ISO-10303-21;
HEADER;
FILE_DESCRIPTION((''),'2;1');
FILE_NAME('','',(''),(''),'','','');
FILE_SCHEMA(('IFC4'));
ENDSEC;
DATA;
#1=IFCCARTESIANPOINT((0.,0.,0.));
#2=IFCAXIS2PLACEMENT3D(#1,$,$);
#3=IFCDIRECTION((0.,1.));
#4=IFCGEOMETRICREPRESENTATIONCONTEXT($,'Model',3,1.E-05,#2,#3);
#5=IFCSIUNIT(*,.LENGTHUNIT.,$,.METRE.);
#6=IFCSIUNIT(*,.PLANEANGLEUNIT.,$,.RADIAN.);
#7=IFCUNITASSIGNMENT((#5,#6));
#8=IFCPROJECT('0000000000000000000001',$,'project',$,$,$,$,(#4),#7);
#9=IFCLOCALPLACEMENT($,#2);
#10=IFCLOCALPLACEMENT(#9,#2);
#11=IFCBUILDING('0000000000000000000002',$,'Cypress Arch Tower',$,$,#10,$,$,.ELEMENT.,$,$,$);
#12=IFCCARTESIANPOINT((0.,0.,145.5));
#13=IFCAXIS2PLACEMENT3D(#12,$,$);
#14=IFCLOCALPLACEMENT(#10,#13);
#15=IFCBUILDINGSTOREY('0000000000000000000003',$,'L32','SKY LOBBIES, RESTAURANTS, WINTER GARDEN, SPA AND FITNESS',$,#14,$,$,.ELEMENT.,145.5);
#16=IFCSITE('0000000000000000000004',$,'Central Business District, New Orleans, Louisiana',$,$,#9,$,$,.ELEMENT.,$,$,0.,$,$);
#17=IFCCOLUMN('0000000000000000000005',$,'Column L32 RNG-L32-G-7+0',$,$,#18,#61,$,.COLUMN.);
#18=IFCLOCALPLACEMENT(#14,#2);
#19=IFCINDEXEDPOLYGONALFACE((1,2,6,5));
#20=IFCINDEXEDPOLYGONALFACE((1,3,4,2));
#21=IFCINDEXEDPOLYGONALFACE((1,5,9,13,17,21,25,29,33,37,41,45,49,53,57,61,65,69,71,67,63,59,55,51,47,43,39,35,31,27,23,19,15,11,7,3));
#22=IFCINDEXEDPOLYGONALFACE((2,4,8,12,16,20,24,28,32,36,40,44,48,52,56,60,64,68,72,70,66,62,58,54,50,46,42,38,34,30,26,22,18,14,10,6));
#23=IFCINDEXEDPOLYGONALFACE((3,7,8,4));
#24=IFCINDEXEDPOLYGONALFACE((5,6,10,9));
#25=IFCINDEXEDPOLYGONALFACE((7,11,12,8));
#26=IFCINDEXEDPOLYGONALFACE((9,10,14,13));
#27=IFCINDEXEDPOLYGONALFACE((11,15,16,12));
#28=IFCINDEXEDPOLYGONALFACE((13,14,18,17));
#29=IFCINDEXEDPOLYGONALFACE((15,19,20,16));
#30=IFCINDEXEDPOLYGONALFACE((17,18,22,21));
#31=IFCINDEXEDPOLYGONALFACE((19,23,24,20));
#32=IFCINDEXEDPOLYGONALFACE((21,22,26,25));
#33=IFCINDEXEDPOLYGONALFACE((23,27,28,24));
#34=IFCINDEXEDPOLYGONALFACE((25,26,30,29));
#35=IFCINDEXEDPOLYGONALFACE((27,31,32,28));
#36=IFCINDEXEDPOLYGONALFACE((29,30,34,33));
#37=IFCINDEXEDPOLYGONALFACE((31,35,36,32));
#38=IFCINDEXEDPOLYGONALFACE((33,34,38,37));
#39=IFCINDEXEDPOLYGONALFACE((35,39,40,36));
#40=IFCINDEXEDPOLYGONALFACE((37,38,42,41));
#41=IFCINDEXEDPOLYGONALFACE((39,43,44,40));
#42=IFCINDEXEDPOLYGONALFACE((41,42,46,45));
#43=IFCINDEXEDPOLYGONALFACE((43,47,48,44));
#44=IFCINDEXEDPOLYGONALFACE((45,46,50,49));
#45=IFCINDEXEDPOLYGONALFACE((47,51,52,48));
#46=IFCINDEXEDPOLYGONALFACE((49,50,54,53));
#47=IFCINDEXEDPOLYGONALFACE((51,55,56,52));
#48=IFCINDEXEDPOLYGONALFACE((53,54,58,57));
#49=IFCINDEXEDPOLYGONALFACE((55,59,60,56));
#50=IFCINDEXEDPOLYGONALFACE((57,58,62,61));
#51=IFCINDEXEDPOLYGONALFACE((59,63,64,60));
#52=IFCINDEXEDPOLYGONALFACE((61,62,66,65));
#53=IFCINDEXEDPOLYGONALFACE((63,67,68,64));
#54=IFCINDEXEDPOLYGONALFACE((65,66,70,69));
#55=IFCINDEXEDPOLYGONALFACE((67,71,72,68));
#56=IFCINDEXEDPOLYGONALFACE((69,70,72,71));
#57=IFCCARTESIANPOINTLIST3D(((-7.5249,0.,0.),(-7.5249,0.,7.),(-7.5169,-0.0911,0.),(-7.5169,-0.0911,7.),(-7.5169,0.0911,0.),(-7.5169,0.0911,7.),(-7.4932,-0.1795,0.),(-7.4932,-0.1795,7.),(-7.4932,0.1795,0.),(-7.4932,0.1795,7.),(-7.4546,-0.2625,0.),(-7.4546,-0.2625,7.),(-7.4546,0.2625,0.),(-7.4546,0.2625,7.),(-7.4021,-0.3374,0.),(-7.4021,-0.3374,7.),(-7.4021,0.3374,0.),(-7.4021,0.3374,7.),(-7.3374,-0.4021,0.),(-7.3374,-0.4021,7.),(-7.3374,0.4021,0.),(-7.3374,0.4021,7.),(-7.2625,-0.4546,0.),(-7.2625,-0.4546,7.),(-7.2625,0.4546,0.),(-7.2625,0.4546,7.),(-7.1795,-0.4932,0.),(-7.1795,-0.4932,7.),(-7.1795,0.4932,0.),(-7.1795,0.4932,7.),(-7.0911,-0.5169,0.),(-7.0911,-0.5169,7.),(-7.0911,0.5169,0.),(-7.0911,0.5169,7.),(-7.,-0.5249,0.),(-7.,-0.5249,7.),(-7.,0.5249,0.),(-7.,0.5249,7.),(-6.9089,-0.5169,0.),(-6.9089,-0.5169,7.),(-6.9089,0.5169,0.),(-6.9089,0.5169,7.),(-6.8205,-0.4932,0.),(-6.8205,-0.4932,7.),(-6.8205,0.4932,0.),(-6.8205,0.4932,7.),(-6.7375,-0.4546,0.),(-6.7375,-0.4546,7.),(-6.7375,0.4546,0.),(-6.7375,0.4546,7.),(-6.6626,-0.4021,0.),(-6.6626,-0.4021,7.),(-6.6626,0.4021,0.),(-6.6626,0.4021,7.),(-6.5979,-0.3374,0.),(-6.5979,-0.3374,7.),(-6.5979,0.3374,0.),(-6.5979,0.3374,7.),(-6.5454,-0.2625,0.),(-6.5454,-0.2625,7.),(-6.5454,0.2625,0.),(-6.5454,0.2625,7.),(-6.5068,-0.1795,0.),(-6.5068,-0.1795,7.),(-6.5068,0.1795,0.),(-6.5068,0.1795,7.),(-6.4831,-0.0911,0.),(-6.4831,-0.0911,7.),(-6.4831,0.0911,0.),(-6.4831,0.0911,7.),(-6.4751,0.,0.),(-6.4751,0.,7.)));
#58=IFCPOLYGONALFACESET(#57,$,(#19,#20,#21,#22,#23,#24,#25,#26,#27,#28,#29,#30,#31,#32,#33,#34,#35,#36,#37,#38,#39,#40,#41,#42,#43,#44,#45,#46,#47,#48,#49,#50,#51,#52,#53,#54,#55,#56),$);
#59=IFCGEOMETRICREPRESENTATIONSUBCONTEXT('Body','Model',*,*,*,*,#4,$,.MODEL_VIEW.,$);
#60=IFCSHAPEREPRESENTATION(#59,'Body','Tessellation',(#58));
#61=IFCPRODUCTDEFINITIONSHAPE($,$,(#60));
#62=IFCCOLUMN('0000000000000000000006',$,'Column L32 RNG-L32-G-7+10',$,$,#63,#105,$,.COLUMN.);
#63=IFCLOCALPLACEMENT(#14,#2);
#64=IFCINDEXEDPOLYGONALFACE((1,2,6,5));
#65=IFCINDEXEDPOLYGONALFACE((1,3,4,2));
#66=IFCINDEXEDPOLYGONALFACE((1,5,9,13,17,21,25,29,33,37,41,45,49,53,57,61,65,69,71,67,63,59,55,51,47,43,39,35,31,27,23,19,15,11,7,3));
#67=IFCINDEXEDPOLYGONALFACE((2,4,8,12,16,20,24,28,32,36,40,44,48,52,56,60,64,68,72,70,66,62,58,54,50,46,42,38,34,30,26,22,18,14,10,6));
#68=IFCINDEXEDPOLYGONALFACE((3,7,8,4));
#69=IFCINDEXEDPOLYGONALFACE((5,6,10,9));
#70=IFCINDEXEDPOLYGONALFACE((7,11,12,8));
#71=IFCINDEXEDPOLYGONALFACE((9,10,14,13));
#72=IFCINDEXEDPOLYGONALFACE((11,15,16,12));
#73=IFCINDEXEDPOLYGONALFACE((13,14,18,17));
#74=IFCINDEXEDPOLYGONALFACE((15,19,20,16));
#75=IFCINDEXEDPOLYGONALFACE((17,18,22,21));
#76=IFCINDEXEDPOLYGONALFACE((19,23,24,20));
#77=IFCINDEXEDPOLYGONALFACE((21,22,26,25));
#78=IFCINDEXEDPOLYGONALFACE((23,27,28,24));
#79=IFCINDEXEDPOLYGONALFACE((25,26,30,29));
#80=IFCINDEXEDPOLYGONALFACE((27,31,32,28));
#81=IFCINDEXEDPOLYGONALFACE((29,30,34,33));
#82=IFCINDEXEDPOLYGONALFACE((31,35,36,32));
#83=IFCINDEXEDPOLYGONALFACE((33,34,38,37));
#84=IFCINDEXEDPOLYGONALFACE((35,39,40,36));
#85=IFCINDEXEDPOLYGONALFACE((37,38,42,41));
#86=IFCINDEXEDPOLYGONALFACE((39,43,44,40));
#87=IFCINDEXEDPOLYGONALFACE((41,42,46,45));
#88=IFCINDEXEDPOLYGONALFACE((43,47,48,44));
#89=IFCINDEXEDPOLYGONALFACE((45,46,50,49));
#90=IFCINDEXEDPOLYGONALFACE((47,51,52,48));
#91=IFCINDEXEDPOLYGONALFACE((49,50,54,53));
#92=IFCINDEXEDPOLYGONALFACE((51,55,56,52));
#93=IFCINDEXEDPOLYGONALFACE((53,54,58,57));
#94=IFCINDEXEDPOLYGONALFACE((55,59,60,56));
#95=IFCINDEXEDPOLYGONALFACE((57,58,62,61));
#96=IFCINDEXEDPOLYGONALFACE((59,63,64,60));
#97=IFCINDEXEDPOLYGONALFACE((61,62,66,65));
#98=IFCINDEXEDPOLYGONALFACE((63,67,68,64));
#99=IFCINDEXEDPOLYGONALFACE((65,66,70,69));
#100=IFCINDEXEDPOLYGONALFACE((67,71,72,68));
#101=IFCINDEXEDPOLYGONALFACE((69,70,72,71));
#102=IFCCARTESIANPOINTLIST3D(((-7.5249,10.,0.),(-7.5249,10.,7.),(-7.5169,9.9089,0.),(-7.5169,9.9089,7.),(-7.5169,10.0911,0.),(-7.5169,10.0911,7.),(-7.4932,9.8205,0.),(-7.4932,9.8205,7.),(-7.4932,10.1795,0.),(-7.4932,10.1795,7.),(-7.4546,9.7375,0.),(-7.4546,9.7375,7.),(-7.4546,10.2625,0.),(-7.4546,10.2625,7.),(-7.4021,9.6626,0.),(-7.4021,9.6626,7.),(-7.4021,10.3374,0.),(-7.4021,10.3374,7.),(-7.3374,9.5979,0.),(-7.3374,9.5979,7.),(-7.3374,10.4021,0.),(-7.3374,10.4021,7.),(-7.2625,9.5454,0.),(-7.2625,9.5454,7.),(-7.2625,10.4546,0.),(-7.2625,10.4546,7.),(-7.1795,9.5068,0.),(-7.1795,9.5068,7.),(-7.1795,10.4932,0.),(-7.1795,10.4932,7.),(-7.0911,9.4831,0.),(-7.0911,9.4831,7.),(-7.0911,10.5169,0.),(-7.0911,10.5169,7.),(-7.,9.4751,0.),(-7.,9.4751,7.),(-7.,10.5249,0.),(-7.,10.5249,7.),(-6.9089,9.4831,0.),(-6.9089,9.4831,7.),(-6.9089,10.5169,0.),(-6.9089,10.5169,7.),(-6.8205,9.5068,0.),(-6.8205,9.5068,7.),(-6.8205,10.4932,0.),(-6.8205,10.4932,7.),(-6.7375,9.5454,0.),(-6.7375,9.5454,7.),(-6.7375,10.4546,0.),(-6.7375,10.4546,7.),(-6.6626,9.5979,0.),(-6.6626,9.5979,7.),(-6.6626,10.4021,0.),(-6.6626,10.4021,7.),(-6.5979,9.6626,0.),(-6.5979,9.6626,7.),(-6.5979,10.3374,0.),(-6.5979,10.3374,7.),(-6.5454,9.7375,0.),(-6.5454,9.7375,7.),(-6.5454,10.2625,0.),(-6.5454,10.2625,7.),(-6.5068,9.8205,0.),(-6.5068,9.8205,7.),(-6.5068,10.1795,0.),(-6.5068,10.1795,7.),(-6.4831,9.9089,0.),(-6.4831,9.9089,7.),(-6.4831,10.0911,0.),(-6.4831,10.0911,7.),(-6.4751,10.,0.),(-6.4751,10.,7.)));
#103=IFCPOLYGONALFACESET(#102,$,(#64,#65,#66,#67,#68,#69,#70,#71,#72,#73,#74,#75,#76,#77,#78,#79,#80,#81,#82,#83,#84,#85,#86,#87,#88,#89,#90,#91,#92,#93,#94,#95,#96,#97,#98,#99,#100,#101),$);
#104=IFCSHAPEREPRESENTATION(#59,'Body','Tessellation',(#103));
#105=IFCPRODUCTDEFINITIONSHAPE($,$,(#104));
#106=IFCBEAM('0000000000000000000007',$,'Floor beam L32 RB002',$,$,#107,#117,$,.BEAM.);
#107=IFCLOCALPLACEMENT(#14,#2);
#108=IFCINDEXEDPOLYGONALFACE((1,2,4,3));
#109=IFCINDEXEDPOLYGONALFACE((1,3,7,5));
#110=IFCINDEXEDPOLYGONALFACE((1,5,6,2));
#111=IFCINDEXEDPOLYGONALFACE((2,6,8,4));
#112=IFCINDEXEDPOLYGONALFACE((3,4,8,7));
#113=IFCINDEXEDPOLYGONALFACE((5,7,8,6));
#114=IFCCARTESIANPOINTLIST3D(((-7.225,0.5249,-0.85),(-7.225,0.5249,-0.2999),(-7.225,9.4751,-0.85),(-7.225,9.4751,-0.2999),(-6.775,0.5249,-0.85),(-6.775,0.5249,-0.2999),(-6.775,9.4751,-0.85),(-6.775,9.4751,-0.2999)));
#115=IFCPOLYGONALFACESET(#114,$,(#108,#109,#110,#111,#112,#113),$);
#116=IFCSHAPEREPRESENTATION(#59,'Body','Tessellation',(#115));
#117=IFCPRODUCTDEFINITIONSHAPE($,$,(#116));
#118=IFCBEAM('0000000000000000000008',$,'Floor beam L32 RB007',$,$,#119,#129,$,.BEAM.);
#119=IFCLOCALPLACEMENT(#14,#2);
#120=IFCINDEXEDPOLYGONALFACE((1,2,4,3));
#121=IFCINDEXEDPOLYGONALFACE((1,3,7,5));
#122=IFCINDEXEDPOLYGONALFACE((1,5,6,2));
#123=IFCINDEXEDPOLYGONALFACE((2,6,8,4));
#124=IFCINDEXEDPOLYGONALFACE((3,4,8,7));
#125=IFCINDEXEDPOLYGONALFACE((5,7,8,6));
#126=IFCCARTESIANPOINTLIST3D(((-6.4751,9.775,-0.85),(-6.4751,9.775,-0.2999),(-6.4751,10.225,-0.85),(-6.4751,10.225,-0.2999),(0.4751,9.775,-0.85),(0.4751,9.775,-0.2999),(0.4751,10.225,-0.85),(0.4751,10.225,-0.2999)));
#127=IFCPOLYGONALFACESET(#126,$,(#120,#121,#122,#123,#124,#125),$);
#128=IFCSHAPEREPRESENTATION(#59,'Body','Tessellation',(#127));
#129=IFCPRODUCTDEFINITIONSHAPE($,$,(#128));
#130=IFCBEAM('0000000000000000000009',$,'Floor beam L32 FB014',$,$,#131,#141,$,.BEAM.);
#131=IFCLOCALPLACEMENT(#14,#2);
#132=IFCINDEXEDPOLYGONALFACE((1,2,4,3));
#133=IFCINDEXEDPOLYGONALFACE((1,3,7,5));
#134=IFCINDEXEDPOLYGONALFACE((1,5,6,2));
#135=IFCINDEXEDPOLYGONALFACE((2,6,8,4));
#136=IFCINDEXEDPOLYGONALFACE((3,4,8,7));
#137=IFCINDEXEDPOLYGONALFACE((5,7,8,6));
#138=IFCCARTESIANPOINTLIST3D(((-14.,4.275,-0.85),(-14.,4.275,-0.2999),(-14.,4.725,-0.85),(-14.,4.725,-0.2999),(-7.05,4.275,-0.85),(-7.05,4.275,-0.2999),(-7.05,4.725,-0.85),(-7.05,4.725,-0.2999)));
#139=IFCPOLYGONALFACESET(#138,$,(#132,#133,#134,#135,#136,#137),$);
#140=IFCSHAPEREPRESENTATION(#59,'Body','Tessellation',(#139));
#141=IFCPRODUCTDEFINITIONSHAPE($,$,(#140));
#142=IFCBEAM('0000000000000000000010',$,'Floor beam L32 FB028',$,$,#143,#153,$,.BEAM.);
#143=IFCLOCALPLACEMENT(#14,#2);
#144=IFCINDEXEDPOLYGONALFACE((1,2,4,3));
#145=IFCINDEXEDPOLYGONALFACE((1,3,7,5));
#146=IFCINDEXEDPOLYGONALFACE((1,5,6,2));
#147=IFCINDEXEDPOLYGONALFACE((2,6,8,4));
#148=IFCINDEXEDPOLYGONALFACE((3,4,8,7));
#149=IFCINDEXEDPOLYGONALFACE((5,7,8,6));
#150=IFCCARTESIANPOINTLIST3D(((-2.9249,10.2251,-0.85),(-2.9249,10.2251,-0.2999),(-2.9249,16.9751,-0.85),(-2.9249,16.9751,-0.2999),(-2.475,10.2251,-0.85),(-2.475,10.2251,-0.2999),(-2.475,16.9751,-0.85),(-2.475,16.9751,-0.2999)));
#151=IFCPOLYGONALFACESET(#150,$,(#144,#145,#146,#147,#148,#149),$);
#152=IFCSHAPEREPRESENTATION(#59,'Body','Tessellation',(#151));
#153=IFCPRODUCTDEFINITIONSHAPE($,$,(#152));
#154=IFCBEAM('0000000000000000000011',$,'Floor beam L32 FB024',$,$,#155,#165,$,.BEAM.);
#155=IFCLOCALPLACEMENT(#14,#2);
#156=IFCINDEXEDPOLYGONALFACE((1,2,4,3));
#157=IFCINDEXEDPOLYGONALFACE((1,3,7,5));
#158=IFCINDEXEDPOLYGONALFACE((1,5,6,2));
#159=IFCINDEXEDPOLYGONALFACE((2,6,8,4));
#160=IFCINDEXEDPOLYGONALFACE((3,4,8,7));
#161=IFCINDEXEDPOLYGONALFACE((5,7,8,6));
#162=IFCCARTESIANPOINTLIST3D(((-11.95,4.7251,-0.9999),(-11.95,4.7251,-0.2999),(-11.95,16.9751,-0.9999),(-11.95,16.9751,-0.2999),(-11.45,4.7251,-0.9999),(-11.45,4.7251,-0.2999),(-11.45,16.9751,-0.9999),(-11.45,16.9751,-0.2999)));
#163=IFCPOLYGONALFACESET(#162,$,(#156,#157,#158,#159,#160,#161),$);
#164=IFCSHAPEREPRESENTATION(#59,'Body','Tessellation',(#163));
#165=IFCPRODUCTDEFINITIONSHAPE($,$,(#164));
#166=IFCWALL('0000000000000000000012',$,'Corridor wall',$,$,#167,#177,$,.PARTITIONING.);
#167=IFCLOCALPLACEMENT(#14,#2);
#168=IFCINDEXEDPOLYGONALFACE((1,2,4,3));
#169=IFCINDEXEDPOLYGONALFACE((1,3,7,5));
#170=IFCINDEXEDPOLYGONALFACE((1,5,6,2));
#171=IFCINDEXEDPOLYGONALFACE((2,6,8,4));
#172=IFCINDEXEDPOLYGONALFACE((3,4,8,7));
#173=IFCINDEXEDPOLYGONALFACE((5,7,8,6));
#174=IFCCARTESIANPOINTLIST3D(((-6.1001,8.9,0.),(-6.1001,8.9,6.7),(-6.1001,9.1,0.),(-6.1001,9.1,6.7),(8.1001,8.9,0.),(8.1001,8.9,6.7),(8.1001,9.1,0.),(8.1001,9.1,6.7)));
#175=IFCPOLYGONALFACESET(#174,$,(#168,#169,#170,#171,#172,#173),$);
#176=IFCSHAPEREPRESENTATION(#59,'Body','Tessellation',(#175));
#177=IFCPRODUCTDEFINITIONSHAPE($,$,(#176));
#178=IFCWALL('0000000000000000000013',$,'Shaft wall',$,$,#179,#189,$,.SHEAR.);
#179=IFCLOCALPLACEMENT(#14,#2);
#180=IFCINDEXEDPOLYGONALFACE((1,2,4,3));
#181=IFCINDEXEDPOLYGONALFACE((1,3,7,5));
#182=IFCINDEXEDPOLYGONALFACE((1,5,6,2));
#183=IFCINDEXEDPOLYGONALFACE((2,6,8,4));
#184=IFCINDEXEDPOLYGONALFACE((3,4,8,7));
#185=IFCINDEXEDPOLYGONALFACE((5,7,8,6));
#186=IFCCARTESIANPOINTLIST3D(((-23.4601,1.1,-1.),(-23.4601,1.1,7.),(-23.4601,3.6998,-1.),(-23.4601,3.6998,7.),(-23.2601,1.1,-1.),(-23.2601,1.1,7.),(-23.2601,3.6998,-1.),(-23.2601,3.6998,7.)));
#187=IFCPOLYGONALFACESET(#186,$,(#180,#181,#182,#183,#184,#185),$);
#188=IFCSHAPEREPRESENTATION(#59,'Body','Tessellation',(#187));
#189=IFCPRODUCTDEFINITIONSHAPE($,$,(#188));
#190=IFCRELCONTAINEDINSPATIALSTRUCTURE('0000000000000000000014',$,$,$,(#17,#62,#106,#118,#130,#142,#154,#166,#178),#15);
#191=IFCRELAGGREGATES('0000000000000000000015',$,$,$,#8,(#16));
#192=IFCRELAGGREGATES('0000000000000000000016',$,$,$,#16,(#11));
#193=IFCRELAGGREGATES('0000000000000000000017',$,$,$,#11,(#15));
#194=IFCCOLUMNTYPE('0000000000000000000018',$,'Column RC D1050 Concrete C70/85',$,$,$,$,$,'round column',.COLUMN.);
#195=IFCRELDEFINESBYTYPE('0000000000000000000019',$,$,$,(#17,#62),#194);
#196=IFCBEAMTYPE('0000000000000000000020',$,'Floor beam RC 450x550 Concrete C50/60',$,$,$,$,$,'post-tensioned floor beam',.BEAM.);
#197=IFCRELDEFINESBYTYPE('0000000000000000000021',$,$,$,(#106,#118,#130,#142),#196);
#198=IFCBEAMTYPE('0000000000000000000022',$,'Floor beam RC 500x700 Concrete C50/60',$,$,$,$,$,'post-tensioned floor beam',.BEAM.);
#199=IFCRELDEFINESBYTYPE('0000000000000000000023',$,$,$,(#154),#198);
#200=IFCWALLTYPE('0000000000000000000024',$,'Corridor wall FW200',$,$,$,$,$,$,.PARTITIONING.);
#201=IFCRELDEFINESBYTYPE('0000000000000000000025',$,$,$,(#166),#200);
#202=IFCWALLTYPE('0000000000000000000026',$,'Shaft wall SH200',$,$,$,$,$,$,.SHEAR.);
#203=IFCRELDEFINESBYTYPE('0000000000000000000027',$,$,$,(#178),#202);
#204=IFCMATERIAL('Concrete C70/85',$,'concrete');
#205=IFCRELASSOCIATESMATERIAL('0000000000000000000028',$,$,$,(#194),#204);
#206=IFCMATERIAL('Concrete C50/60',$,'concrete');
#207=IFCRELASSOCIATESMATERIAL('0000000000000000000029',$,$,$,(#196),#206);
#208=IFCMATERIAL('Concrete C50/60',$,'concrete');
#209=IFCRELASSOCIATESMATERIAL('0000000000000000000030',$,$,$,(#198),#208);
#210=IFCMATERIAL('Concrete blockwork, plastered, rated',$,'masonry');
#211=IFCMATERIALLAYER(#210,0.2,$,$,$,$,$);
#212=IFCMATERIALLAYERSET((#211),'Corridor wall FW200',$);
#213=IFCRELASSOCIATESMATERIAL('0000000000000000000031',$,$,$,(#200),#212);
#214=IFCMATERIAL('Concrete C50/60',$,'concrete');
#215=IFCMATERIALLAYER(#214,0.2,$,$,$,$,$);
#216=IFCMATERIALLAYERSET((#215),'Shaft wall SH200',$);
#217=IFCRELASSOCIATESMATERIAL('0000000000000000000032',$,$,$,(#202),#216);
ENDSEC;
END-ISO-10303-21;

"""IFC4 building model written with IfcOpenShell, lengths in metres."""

from ifc_helpers import new_model, si_unit, direction, frame, frame_2d, origin, origin_2d, place, context, subcontext, project, spatial, rectangle, circle, extrude, material, layer, layer_set, material_profile, profile_set, type_object, element, save


model = new_model("IFC4")

# Units and contexts
model_context = context("Model", 3, precision=1e-05, world=origin(), true_north=direction((0.0, 1.0)))
body_context = subcontext(model_context, "Body", "Model", "MODEL_VIEW")
ifc_project = project(units=[si_unit("LENGTHUNIT", "METRE"), si_unit("PLANEANGLEUNIT", "RADIAN")], contexts=[model_context])

# Site, building, storey
site_placement = place(None, origin())
site = spatial("IfcSite", under=ifc_project, at=site_placement, Name="Central Business District, New Orleans, Louisiana", CompositionType="ELEMENT", RefElevation=0.0)
building_placement = place(site_placement, origin())
building = spatial("IfcBuilding", under=site, at=building_placement, Name="Cypress Arch Tower", CompositionType="ELEMENT")
storey_placement = place(building_placement, frame((0.0, 0.0, 145.5)))
storey = spatial("IfcBuildingStorey", under=building, at=storey_placement, Name="L32", Description="SKY LOBBIES, RESTAURANTS, WINTER GARDEN, SPA AND FITNESS", CompositionType="ELEMENT", Elevation=145.5)

# Columns
ifc_material_1 = material(Name="Concrete C70/85", Category="concrete")
ifc_material_profile_1 = material_profile(ifc_material_1, circle(Radius=0.5249, at=origin_2d()), Name="RC D1050")
ifc_profile_set_1 = profile_set([ifc_material_profile_1], Name="Concrete C70/85")
column_type = type_object("IfcColumnType", Name="Column RC D1050 Concrete C70/85", ElementType="round column", PredefinedType="COLUMN", material=ifc_profile_set_1)
for number, where, z_axis, x_axis, name in (
    (1, (-7.0, 0.0, 0.0), (0.0, 0.0, 1.0), (1.0, 0.0, 0.0), "Column L32 RNG-L32-G-7+0"),
    (2, (-7.0, 10.0, 0.0), (0.0, 0.0, 1.0), (1.0, 0.0, 0.0), "Column L32 RNG-L32-G-7+10"),
):
    element("IfcColumn", number, at=place(storey_placement, frame(where, z_axis=z_axis, x_axis=x_axis)), inside=storey, type_object=column_type, Name=name, PredefinedType="COLUMN", context=body_context, shape_type="SweptSolid", body=[
        extrude(circle(Radius=0.5249, at=origin_2d()), origin(), (0.0, 0.0, 1.0), 7.0),
    ])

# Beams
ifc_material_2 = material(Name="Concrete C50/60", Category="concrete")
ifc_material_profile_2 = material_profile(ifc_material_2, rectangle(XDim=0.45, YDim=0.55, at=origin_2d()), Name="RC 450x550")
ifc_profile_set_2 = profile_set([ifc_material_profile_2], Name="Concrete C50/60")
beam_type_1 = type_object("IfcBeamType", Name="Floor beam RC 450x550 Concrete C50/60", ElementType="post-tensioned floor beam", PredefinedType="BEAM", material=ifc_profile_set_2)
beam_1_placement = place(storey_placement, frame((-7.0, 0.5249, -0.575), z_axis=(0.0, 1.0, 0.0), x_axis=(-1.0, 0.0, 0.0)))
element("IfcBeam", 3, at=beam_1_placement, inside=storey, type_object=beam_type_1, Name="Floor beam L32 RB002", PredefinedType="BEAM", context=body_context, shape_type="SweptSolid", body=[
    extrude(rectangle(XDim=0.45, YDim=0.55, at=origin_2d()), origin(), (0.0, 0.0, 1.0), 8.9502),
])
beam_2_placement = place(storey_placement, frame((-6.4751, 10.0, -0.575), z_axis=(1.0, 0.0, 0.0), x_axis=(0.0, 1.0, 0.0)))
element("IfcBeam", 4, at=beam_2_placement, inside=storey, type_object=beam_type_1, Name="Floor beam L32 RB007", PredefinedType="BEAM", context=body_context, shape_type="SweptSolid", body=[
    extrude(rectangle(XDim=0.45, YDim=0.55, at=origin_2d()), origin(), (0.0, 0.0, 1.0), 6.9502),
])
beam_3_placement = place(storey_placement, frame((-14.0, 4.5, -0.575), z_axis=(1.0, 0.0, 0.0), x_axis=(0.0, 1.0, 0.0)))
element("IfcBeam", 5, at=beam_3_placement, inside=storey, type_object=beam_type_1, Name="Floor beam L32 FB014", PredefinedType="BEAM", context=body_context, shape_type="SweptSolid", body=[
    extrude(rectangle(XDim=0.45, YDim=0.55, at=origin_2d()), origin(), (0.0, 0.0, 1.0), 6.95),
])
beam_4_placement = place(storey_placement, frame((-2.7, 10.2251, -0.575), z_axis=(0.0, 1.0, 0.0), x_axis=(-1.0, 0.0, 0.0)))
element("IfcBeam", 6, at=beam_4_placement, inside=storey, type_object=beam_type_1, Name="Floor beam L32 FB028", PredefinedType="BEAM", context=body_context, shape_type="SweptSolid", body=[
    extrude(rectangle(XDim=0.45, YDim=0.55, at=origin_2d()), origin(), (0.0, 0.0, 1.0), 6.75),
])
ifc_material_3 = material(Name="Concrete C50/60", Category="concrete")
ifc_material_profile_3 = material_profile(ifc_material_3, rectangle(XDim=0.5, YDim=0.7, at=origin_2d()), Name="RC 500x700")
ifc_profile_set_3 = profile_set([ifc_material_profile_3], Name="Concrete C50/60")
beam_type_2 = type_object("IfcBeamType", Name="Floor beam RC 500x700 Concrete C50/60", ElementType="post-tensioned floor beam", PredefinedType="BEAM", material=ifc_profile_set_3)
beam_5_placement = place(storey_placement, frame((-11.7, 4.7251, -0.6499), z_axis=(0.0, 1.0, 0.0), x_axis=(-1.0, 0.0, 0.0)))
element("IfcBeam", 7, at=beam_5_placement, inside=storey, type_object=beam_type_2, Name="Floor beam L32 FB024", PredefinedType="BEAM", context=body_context, shape_type="SweptSolid", body=[
    extrude(rectangle(XDim=0.5, YDim=0.7, at=origin_2d()), origin(), (0.0, 0.0, 1.0), 12.25),
])

# Walls
ifc_material_4 = material(Name="Concrete blockwork, plastered, rated", Category="masonry")
ifc_layer_1 = layer(ifc_material_4, 0.2)
ifc_layer_set_1 = layer_set([ifc_layer_1], Name="Corridor wall FW200")
wall_type_1 = type_object("IfcWallType", Name="Corridor wall FW200", PredefinedType="PARTITIONING", material=ifc_layer_set_1)
wall_1_placement = place(storey_placement, frame((-6.1001, 9.0, 0.0), z_axis=(0.0, 0.0, 1.0), x_axis=(1.0, 0.0, 0.0)))
element("IfcWall", 8, at=wall_1_placement, inside=storey, type_object=wall_type_1, Name="Corridor wall", PredefinedType="PARTITIONING", context=body_context, shape_type="SweptSolid", body=[
    extrude(rectangle(XDim=14.2002, YDim=0.2, at=frame_2d((7.1001, 0.0))), origin(), (0.0, 0.0, 1.0), 6.7),
])
ifc_material_5 = material(Name="Concrete C50/60", Category="concrete")
ifc_layer_2 = layer(ifc_material_5, 0.2)
ifc_layer_set_2 = layer_set([ifc_layer_2], Name="Shaft wall SH200")
wall_type_2 = type_object("IfcWallType", Name="Shaft wall SH200", PredefinedType="SHEAR", material=ifc_layer_set_2)
wall_2_placement = place(storey_placement, frame((-23.3601, 1.1001, -1.0), z_axis=(0.0, 0.0, 1.0), x_axis=(0.0, 1.0, 0.0)))
element("IfcWall", 9, at=wall_2_placement, inside=storey, type_object=wall_type_2, Name="Shaft wall", PredefinedType="SHEAR", context=body_context, shape_type="SweptSolid", body=[
    extrude(rectangle(XDim=2.5999, YDim=0.2, at=frame_2d((1.2998, 0.0))), origin(), (0.0, 0.0, 1.0), 8.0),
])

save(model, "model.ifc")
